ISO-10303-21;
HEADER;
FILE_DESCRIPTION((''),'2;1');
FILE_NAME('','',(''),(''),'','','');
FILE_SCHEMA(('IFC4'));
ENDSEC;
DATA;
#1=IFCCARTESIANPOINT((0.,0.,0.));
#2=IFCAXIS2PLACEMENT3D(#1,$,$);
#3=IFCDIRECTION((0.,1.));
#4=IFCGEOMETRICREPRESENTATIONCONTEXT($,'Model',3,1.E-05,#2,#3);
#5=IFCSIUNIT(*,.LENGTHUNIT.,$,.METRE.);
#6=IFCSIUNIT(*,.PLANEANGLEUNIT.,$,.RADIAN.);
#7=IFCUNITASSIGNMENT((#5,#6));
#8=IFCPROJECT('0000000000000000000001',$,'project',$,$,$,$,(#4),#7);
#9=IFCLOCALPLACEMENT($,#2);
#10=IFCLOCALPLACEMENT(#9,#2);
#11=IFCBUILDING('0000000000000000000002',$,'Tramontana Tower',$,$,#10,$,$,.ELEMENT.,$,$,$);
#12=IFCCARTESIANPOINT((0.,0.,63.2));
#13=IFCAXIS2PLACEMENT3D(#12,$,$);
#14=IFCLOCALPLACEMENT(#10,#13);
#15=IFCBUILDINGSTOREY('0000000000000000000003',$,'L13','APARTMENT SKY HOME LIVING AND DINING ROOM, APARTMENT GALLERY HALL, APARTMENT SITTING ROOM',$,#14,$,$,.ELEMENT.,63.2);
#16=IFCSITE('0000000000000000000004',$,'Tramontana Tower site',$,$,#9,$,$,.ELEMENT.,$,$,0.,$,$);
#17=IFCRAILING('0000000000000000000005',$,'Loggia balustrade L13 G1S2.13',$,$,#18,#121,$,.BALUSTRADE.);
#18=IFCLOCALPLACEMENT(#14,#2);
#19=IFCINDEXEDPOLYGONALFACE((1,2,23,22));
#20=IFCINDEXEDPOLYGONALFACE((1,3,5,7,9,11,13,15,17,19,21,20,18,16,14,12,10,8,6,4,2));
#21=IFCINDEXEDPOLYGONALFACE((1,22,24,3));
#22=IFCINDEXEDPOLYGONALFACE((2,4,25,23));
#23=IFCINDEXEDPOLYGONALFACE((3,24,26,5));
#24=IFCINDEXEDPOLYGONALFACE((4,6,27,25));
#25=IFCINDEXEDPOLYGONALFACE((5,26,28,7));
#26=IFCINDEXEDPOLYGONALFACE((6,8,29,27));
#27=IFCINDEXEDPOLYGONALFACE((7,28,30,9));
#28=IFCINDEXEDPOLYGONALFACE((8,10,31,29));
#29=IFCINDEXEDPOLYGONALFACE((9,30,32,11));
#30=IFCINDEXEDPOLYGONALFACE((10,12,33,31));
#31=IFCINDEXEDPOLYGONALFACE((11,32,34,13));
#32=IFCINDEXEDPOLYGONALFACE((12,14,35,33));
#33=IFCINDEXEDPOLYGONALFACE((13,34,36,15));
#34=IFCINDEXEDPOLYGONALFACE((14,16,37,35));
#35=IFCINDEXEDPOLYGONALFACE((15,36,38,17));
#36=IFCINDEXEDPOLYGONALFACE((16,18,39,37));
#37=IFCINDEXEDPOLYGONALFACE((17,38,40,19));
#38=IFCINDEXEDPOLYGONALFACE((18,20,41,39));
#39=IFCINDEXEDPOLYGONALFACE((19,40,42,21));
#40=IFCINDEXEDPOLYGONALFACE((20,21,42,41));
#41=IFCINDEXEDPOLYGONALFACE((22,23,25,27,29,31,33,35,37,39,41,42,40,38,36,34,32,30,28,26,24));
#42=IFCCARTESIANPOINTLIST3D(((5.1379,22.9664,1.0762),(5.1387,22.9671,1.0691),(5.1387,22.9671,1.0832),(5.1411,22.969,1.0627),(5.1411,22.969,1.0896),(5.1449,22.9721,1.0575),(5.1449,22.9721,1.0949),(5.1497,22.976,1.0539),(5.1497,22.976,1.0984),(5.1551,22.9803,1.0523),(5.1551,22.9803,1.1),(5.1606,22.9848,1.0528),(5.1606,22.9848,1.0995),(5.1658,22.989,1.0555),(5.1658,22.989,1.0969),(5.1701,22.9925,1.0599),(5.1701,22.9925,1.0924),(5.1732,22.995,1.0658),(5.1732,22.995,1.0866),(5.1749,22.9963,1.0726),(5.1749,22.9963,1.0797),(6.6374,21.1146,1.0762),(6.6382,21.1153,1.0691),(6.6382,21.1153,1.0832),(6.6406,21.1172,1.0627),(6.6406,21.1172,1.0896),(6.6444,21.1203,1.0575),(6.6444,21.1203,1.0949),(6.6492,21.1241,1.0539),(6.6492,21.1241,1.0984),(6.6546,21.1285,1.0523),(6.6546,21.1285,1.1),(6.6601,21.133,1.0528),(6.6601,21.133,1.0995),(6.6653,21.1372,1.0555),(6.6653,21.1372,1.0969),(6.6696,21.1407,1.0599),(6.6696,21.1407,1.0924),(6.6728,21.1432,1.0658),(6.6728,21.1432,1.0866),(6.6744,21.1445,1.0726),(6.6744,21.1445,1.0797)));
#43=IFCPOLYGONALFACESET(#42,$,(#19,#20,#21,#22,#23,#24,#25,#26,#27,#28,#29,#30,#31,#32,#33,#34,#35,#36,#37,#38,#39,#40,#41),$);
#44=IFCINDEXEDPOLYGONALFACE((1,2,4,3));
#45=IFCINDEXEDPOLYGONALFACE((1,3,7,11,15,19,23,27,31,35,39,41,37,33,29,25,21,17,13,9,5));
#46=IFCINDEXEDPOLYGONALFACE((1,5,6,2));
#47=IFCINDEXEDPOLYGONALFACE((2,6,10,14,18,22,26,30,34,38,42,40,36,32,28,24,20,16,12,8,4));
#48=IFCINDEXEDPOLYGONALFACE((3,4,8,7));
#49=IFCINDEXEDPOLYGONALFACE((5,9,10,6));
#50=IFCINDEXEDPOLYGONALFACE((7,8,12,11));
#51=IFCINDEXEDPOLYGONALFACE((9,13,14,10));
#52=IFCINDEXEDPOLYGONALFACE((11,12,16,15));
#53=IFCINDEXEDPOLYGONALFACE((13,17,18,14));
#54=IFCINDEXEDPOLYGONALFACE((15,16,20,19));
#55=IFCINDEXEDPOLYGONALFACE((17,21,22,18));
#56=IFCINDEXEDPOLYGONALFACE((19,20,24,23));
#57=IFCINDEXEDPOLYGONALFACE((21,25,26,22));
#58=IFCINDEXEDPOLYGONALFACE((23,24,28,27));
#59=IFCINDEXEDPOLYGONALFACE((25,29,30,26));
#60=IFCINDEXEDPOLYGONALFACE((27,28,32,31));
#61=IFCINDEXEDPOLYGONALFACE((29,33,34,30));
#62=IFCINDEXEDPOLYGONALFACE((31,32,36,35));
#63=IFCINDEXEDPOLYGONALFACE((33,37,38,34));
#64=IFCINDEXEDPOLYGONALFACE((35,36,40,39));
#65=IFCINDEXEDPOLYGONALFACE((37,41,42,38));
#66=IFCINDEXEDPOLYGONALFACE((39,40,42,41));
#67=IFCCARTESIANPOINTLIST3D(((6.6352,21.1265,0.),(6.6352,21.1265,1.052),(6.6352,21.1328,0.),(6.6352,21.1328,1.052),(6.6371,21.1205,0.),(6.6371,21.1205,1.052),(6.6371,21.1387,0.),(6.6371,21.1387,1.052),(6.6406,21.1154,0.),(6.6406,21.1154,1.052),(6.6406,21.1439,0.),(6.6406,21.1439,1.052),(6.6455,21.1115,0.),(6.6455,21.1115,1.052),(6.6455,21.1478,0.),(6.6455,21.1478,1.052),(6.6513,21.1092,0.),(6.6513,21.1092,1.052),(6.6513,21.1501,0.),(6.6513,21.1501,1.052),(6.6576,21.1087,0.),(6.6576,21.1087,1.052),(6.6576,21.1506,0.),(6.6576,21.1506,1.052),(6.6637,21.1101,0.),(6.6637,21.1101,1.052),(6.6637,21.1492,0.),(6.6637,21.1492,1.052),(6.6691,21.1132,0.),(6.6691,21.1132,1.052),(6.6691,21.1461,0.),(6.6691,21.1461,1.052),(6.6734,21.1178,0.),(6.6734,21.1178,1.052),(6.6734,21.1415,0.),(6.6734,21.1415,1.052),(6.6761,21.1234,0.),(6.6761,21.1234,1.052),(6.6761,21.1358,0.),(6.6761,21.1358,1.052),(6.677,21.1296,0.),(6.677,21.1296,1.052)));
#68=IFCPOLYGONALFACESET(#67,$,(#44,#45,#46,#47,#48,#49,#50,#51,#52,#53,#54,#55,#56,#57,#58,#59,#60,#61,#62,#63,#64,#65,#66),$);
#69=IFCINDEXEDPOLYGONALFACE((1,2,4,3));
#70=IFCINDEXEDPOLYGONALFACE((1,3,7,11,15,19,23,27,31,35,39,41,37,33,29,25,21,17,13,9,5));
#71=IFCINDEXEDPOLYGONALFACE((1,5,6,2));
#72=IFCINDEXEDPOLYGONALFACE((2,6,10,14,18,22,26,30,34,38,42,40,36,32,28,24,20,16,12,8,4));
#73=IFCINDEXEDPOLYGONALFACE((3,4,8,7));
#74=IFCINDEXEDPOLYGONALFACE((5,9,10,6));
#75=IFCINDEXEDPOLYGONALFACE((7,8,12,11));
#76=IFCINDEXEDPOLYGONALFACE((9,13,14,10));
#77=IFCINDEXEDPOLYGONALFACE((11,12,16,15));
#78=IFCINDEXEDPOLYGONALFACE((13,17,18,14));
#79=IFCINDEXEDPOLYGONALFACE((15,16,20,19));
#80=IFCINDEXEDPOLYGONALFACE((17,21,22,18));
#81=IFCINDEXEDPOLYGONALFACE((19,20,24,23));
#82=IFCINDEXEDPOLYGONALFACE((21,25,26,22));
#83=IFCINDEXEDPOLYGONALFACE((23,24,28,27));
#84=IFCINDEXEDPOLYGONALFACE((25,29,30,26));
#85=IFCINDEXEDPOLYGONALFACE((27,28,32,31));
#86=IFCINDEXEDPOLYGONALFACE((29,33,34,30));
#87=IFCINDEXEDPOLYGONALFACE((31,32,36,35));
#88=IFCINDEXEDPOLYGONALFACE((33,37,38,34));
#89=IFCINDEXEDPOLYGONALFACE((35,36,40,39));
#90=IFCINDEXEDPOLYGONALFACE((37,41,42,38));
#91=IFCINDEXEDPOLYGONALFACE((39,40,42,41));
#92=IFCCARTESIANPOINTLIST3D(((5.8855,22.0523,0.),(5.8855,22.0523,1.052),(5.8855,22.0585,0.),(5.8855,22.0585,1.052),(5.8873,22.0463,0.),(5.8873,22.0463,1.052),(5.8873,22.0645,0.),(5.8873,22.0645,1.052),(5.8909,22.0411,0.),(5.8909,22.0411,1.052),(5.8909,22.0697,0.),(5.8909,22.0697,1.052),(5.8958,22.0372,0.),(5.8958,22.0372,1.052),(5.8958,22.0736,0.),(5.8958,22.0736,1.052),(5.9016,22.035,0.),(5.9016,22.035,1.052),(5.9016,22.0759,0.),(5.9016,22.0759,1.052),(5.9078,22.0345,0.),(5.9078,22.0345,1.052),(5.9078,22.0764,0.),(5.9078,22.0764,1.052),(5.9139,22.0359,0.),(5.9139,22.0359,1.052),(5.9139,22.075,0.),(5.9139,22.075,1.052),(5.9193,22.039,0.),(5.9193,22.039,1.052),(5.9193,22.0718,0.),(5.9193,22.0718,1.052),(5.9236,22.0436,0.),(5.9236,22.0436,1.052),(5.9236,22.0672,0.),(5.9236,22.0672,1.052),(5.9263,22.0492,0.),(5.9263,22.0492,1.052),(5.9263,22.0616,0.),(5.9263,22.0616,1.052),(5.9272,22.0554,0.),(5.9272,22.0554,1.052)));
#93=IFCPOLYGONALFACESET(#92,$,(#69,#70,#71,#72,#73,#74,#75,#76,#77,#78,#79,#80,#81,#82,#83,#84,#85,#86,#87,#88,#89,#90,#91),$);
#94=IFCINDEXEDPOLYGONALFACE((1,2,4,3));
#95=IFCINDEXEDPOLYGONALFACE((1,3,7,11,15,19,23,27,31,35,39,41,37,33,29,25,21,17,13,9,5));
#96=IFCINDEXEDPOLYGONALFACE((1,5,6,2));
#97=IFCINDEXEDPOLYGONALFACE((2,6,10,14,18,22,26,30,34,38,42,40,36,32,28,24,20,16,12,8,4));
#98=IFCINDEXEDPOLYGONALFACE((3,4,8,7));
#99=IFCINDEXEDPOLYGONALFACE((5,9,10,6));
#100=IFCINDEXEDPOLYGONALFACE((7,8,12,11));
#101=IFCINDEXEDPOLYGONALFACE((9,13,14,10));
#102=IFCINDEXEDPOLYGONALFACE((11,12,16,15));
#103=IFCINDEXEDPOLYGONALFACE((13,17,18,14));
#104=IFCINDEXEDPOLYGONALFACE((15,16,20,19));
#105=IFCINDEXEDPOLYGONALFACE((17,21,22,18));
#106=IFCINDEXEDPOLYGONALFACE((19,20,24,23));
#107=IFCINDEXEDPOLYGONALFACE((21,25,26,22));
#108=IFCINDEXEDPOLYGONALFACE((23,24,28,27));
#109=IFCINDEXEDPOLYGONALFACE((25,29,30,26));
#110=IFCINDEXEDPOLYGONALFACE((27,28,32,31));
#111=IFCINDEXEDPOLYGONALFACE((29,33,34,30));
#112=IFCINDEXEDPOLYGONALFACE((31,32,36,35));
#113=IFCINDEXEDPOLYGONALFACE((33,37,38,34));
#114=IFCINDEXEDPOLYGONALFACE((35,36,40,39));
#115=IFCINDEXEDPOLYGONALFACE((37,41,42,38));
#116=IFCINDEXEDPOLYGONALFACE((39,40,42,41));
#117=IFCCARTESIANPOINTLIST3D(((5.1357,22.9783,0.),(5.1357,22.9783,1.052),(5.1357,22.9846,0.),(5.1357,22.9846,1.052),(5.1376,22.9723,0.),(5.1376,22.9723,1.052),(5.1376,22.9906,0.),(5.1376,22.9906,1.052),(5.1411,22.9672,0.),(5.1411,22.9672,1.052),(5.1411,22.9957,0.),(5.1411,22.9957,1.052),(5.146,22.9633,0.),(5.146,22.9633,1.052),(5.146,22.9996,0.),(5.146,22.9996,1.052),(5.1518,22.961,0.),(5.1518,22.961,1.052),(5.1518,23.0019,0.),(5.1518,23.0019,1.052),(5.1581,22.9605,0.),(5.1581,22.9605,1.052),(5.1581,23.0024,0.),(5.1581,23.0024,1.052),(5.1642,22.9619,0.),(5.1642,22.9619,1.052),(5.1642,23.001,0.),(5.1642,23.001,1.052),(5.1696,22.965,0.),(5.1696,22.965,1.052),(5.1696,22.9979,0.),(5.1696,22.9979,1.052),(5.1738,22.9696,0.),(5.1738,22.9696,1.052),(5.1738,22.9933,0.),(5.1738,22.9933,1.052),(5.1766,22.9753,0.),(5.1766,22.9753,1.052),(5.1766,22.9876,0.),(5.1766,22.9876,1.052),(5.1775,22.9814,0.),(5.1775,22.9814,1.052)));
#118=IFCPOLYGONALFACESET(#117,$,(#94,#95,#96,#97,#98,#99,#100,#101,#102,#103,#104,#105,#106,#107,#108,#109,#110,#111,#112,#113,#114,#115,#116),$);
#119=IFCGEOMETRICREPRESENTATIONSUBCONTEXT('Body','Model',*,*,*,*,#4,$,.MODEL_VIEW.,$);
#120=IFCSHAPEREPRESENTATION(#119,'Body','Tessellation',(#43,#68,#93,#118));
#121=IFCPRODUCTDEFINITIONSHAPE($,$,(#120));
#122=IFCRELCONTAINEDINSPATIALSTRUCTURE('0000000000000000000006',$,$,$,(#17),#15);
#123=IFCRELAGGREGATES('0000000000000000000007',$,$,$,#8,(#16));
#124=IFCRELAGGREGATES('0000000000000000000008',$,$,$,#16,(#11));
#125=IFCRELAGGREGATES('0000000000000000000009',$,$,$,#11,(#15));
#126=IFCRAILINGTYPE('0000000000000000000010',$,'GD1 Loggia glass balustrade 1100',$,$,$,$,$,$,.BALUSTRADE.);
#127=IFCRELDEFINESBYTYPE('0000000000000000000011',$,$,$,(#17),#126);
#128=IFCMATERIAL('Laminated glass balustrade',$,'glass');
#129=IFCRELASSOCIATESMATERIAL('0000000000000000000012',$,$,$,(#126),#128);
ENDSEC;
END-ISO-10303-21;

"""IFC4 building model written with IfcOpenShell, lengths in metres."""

from ifc_helpers import new_model, si_unit, direction, frame, origin, origin_2d, place, context, subcontext, project, spatial, circle, extrude, material, type_object, element, save


model = new_model("IFC4")

# Units and contexts
model_context = context("Model", 3, precision=1e-05, world=origin(), true_north=direction((0.0, 1.0)))
body_context = subcontext(model_context, "Body", "Model", "MODEL_VIEW")
ifc_project = project(units=[si_unit("LENGTHUNIT", "METRE"), si_unit("PLANEANGLEUNIT", "RADIAN")], contexts=[model_context])

# Site, building, storey
site_placement = place(None, origin())
site = spatial("IfcSite", under=ifc_project, at=site_placement, Name="Tramontana Tower site", CompositionType="ELEMENT", RefElevation=0.0)
building_placement = place(site_placement, origin())
building = spatial("IfcBuilding", under=site, at=building_placement, Name="Tramontana Tower", CompositionType="ELEMENT")
storey_placement = place(building_placement, frame((0.0, 0.0, 63.2)))
storey = spatial("IfcBuildingStorey", under=building, at=storey_placement, Name="L13", Description="APARTMENT SKY HOME LIVING AND DINING ROOM, APARTMENT GALLERY HALL, APARTMENT SITTING ROOM", CompositionType="ELEMENT", Elevation=63.2)

# Railing
ifc_material_1 = material(Name="Laminated glass balustrade", Category="glass")
railing_type = type_object("IfcRailingType", Name="GD1 Loggia glass balustrade 1100", PredefinedType="BALUSTRADE", material=ifc_material_1)
railing_1_placement = place(storey_placement, frame((6.656, 21.1296, 0.0)))
element("IfcRailing", 1, at=railing_1_placement, inside=storey, type_object=railing_type, Name="Loggia balustrade L13 G1S2.13", PredefinedType="BALUSTRADE", context=body_context, shape_type="SweptSolid", body=[
    extrude(circle(Radius=0.0239, at=origin_2d()), frame((0.0, 0.0, 1.0762), z_axis=(-0.629307, 0.777157, 0.0), x_axis=(-0.777157, -0.629307, 0.0)), (0.0, 0.0, 1.0), 2.3828),
    extrude(circle(Radius=0.021, at=origin_2d()), origin(), (0.0, 0.0, 1.0), 1.052),
    extrude(circle(Radius=0.021, at=origin_2d()), frame((-0.7498, 0.9258, 0.0)), (0.0, 0.0, 1.0), 1.052),
    extrude(circle(Radius=0.021, at=origin_2d()), frame((-1.4995, 1.8518, 0.0)), (0.0, 0.0, 1.0), 1.052),
])

save(model, "model.ifc")
